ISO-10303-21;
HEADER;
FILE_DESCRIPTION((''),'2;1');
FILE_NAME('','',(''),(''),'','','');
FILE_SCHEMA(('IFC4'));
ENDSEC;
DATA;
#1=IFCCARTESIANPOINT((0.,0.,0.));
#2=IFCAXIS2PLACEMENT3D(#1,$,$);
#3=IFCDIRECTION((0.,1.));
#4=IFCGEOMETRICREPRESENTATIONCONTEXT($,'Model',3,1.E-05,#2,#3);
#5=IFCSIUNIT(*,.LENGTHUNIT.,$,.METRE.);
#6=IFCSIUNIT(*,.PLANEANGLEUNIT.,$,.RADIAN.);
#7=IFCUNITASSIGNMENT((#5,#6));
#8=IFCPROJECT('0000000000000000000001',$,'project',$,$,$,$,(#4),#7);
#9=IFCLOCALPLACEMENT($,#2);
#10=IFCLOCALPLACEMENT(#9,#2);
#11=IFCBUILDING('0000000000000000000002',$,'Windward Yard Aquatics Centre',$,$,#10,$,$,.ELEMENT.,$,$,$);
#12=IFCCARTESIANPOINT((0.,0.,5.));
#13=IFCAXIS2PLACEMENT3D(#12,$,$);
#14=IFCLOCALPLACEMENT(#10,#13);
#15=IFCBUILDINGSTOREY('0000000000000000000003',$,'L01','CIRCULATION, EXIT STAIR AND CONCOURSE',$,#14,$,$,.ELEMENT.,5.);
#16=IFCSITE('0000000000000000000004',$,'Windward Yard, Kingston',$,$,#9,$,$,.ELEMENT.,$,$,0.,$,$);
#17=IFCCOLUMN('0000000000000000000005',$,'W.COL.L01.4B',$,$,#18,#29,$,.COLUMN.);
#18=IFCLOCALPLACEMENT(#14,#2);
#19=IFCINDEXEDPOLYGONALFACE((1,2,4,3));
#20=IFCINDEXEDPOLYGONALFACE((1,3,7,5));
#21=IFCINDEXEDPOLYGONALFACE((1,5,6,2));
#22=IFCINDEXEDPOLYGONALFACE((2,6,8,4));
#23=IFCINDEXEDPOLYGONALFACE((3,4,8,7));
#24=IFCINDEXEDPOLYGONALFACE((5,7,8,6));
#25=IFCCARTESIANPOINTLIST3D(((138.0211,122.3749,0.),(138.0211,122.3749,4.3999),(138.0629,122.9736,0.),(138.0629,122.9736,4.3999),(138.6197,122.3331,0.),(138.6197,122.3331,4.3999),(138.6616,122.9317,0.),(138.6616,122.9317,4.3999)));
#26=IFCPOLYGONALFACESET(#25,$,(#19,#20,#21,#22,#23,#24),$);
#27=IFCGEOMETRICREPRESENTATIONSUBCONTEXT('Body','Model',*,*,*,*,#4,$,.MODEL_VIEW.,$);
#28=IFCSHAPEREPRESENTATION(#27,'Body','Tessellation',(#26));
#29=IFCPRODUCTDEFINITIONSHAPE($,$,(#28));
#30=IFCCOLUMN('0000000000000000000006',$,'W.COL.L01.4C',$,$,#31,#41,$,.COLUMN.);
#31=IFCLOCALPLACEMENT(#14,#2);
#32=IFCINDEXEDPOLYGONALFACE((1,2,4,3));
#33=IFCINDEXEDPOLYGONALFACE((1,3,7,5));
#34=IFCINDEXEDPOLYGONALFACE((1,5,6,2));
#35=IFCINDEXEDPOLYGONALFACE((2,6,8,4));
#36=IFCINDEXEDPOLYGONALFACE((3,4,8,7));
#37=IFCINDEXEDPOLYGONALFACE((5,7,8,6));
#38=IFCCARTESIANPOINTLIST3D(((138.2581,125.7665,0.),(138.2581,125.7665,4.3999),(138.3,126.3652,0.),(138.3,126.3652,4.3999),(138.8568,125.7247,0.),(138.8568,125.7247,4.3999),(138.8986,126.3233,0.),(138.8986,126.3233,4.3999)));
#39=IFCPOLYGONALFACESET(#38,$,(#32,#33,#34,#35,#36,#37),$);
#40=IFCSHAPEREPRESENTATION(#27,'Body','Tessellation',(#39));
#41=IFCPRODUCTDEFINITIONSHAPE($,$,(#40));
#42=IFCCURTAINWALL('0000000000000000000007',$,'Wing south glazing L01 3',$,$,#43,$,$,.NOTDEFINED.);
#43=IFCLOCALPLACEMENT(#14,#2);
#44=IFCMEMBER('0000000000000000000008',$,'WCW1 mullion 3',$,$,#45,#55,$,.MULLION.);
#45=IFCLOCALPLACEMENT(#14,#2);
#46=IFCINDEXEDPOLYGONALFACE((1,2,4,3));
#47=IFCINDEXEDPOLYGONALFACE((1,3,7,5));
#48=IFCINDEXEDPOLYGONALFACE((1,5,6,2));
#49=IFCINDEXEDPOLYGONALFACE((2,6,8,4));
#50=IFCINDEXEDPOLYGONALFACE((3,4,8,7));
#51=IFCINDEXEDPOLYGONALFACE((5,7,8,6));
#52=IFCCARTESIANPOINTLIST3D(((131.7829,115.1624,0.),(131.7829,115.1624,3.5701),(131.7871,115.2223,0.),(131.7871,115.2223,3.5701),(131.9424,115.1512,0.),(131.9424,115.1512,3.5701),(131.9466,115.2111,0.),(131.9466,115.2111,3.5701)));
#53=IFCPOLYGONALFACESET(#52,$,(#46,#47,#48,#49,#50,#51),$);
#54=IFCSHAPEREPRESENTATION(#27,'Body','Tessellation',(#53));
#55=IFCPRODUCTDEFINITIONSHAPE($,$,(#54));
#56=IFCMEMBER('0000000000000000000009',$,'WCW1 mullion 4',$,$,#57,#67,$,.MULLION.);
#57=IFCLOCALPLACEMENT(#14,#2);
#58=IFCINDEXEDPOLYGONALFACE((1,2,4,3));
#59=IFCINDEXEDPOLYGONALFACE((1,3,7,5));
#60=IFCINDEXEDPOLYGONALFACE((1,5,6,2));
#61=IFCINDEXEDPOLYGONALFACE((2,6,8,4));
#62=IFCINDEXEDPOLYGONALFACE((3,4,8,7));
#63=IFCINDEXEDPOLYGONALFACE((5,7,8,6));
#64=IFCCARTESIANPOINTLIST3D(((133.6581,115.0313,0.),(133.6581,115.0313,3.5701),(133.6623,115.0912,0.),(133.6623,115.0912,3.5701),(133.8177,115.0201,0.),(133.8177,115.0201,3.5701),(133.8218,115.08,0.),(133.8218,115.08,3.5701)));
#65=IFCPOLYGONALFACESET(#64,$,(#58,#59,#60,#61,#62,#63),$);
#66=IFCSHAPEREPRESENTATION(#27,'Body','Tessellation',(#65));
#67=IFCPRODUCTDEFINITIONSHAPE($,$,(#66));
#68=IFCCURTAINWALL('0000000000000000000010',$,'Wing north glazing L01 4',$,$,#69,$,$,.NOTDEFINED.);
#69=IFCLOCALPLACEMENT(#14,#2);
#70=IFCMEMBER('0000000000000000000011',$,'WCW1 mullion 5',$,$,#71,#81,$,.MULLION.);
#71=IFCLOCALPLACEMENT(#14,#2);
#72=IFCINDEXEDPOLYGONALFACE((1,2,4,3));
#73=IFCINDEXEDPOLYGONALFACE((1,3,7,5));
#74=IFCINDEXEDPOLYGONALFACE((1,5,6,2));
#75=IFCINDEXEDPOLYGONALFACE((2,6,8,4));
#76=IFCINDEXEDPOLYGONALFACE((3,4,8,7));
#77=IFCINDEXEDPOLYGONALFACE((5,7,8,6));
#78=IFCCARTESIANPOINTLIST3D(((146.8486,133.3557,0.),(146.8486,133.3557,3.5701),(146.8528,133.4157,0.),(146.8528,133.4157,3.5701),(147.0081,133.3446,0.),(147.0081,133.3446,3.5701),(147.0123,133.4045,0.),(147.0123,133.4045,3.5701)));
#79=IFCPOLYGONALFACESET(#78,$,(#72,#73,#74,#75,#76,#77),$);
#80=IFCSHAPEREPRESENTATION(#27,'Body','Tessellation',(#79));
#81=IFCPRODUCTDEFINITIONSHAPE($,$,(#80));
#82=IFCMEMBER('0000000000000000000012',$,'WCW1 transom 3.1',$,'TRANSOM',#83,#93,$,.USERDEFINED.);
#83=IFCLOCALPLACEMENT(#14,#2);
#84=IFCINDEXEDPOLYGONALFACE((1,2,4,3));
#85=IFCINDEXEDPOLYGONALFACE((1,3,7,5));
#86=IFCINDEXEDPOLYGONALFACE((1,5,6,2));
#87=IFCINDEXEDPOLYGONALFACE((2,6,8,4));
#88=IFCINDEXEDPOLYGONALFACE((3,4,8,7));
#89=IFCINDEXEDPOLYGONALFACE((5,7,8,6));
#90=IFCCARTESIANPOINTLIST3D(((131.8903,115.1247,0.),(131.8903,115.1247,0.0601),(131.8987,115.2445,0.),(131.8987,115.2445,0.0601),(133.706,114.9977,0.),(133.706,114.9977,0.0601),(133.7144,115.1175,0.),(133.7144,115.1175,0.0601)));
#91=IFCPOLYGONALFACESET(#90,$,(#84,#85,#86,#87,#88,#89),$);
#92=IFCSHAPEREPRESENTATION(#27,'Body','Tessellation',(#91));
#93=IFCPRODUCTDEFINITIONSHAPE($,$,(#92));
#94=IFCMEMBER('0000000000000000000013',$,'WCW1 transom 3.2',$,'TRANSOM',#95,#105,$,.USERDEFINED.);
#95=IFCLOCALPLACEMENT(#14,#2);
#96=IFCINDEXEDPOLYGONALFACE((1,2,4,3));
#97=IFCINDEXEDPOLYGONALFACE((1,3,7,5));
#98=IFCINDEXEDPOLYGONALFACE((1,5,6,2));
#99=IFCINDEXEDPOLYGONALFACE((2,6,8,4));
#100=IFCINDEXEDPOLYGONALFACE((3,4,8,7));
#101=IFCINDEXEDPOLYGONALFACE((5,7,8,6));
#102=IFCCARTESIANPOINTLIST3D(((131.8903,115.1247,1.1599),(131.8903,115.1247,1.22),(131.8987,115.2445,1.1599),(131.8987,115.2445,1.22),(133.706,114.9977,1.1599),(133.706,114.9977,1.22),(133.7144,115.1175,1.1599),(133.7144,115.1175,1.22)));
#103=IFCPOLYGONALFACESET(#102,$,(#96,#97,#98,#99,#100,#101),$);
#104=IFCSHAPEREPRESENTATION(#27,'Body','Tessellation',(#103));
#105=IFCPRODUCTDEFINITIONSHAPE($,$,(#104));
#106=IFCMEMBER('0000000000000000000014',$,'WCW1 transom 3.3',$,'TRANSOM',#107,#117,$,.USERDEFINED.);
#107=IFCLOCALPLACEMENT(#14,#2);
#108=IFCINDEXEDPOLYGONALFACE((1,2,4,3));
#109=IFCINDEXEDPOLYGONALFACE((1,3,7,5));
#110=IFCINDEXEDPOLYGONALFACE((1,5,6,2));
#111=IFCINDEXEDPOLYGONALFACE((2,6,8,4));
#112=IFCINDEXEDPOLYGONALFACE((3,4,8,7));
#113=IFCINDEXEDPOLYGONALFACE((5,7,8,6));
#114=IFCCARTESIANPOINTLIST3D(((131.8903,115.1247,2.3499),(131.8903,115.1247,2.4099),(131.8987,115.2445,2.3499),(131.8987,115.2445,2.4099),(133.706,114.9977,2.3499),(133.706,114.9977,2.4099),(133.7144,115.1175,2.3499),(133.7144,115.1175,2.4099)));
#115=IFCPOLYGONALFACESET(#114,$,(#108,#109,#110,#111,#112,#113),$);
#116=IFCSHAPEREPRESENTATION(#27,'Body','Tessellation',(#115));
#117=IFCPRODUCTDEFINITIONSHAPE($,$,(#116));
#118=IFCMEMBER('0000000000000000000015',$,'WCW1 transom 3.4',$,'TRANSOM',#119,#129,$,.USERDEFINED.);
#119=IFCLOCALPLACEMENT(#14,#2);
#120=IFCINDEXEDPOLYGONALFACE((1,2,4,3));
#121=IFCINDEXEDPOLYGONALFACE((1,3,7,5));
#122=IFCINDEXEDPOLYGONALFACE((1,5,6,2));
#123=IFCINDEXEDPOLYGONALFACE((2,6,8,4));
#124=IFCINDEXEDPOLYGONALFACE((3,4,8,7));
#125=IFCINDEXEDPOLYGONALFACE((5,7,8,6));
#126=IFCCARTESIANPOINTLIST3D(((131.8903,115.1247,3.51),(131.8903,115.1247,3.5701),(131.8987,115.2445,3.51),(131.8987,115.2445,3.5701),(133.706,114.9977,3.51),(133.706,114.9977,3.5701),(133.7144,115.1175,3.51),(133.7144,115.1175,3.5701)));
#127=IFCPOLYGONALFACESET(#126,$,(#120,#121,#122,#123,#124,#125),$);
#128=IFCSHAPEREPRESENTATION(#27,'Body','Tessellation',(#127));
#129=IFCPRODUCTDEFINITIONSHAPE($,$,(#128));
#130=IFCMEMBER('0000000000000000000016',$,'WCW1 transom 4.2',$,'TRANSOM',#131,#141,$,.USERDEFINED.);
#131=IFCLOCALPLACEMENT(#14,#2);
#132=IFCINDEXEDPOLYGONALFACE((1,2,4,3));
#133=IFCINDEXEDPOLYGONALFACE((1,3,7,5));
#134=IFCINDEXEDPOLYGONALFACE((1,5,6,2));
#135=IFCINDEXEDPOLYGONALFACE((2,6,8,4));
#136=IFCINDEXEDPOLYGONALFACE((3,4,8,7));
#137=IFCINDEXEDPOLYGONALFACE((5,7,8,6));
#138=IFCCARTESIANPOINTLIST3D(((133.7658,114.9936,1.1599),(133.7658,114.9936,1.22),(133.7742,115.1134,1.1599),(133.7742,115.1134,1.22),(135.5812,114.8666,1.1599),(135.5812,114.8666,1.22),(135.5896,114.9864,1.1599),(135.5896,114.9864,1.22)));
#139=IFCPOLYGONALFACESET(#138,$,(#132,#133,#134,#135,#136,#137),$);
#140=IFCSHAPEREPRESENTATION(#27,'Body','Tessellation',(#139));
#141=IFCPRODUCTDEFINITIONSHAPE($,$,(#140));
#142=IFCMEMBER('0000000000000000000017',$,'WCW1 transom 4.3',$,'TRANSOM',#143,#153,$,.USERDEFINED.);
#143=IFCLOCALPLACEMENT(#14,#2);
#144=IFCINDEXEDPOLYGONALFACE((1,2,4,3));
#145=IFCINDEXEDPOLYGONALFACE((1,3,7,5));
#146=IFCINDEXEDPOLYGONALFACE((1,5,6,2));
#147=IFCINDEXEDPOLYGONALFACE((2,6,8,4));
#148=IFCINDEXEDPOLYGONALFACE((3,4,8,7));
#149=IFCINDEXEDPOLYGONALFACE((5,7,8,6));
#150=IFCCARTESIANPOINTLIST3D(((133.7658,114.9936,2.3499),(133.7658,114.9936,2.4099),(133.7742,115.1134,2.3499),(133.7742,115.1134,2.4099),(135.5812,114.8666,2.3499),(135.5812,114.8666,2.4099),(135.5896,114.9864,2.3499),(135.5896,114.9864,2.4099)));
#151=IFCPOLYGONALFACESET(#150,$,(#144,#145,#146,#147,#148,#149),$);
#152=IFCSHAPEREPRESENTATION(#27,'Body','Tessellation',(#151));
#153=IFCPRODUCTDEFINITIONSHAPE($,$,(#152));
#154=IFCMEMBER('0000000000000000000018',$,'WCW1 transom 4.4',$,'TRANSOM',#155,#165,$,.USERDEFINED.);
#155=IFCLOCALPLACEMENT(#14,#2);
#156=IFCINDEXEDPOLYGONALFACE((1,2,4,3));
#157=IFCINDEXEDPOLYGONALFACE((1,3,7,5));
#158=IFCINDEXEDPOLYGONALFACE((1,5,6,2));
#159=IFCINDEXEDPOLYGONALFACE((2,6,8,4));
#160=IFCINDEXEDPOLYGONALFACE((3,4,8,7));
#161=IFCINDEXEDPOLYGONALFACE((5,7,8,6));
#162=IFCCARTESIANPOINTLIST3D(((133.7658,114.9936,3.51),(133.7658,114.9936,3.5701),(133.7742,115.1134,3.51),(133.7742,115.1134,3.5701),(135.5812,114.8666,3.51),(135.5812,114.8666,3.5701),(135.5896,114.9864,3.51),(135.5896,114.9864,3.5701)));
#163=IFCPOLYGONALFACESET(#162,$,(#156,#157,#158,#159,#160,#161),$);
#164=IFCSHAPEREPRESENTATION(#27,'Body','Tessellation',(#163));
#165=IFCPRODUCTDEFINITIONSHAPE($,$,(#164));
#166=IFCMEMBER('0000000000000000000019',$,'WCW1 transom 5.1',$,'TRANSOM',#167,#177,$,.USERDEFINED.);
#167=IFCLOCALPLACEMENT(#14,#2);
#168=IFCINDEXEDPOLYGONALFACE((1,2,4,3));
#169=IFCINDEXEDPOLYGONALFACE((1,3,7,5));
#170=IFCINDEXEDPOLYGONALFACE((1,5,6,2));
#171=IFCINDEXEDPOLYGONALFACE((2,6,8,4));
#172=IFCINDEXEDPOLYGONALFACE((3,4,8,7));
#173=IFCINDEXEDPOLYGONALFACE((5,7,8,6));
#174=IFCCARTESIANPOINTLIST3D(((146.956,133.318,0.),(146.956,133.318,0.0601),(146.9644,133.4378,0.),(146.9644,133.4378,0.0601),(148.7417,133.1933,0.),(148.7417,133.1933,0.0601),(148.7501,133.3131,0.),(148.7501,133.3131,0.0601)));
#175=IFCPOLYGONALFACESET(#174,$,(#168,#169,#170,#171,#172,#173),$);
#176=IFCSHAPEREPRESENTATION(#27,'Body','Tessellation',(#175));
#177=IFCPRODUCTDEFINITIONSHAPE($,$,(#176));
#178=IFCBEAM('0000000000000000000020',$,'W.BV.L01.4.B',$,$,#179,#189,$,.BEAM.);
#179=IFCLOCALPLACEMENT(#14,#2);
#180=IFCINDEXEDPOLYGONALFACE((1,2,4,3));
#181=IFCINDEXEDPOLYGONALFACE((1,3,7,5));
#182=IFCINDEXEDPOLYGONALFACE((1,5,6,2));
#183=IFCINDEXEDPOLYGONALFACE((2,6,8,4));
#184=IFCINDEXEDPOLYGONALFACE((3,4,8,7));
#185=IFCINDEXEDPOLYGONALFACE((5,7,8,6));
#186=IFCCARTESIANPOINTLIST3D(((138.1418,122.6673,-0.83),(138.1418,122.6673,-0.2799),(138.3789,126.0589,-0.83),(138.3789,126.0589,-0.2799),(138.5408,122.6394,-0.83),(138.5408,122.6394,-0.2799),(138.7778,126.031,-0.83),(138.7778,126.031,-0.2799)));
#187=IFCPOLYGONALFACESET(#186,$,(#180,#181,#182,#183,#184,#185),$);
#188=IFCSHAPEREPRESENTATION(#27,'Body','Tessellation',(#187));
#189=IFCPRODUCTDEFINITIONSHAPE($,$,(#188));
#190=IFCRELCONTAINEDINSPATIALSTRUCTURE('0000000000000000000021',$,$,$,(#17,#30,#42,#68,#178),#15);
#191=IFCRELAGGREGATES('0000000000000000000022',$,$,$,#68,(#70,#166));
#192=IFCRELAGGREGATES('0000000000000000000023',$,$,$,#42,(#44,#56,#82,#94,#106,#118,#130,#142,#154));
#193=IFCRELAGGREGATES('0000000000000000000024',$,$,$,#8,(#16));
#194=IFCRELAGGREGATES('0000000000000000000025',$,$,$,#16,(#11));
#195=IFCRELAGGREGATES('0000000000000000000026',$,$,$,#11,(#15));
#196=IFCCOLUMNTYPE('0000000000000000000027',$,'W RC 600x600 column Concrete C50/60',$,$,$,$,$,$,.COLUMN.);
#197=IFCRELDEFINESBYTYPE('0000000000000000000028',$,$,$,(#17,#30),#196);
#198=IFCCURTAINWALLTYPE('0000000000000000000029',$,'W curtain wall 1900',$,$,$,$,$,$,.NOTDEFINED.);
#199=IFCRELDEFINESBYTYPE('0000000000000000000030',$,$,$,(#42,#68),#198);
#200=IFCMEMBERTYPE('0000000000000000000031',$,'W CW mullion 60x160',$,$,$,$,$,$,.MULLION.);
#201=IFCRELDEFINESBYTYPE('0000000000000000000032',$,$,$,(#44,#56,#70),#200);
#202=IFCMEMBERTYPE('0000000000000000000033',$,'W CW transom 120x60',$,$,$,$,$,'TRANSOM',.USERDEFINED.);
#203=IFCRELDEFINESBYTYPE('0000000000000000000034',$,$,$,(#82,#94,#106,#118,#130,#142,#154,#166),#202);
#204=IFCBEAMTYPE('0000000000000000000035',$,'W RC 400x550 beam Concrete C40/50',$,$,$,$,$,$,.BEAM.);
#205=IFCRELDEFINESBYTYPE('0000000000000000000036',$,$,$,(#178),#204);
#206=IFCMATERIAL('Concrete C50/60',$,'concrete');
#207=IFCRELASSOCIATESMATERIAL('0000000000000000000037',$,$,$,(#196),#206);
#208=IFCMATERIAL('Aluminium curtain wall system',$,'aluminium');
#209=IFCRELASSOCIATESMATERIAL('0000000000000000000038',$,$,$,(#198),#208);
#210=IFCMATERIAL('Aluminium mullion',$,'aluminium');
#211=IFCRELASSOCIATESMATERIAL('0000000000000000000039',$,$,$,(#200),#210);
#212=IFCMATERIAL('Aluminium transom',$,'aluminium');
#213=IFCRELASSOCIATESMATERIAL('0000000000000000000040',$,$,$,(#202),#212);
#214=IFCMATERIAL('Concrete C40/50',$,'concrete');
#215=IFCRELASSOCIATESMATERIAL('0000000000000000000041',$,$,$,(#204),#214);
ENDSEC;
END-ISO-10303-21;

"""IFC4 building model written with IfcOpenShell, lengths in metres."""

from ifc_helpers import new_model, si_unit, direction, frame, origin, origin_2d, place, context, subcontext, project, spatial, rectangle, extrude, material, material_profile, profile_set, type_object, element, aggregate, save


model = new_model("IFC4")

# Units and contexts
model_context = context("Model", 3, precision=1e-05, world=origin(), true_north=direction((0.0, 1.0)))
body_context = subcontext(model_context, "Body", "Model", "MODEL_VIEW")
ifc_project = project(units=[si_unit("LENGTHUNIT", "METRE"), si_unit("PLANEANGLEUNIT", "RADIAN")], contexts=[model_context])

# Site, building, storey
site_placement = place(None, origin())
site = spatial("IfcSite", under=ifc_project, at=site_placement, Name="Windward Yard, Kingston", CompositionType="ELEMENT", RefElevation=0.0)
building_placement = place(site_placement, origin())
building = spatial("IfcBuilding", under=site, at=building_placement, Name="Windward Yard Aquatics Centre", CompositionType="ELEMENT")
storey_placement = place(building_placement, frame((0.0, 0.0, 5.0)))
storey = spatial("IfcBuildingStorey", under=building, at=storey_placement, Name="L01", Description="CIRCULATION, EXIT STAIR AND CONCOURSE", CompositionType="ELEMENT", Elevation=5.0)

# Columns
ifc_material_1 = material(Name="Concrete C50/60", Category="concrete")
ifc_material_profile_1 = material_profile(ifc_material_1, rectangle(XDim=0.6001, YDim=0.6001, at=origin_2d()), Name="RC 600x600")
ifc_profile_set_1 = profile_set([ifc_material_profile_1], Name="Concrete C50/60")
column_type = type_object("IfcColumnType", Name="W RC 600x600 column Concrete C50/60", PredefinedType="COLUMN", material=ifc_profile_set_1)
for number, where, z_axis, x_axis, name in (
    (1, (138.3413, 122.6533, 0.0), (0.0, 0.0, 1.0), (0.997564, -0.069756, 0.0), "W.COL.L01.4B"),
    (2, (138.5784, 126.0449, 0.0), (0.0, 0.0, 1.0), (0.997564, -0.069756, 0.0), "W.COL.L01.4C"),
):
    element("IfcColumn", number, at=place(storey_placement, frame(where, z_axis=z_axis, x_axis=x_axis)), inside=storey, type_object=column_type, Name=name, PredefinedType="COLUMN", context=body_context, shape_type="SweptSolid", body=[
        extrude(rectangle(XDim=0.6001, YDim=0.6001, at=origin_2d()), origin(), (0.0, 0.0, 1.0), 4.3999),
    ])

# Curtain wall, members
ifc_material_2 = material(Name="Aluminium curtain wall system", Category="aluminium")
curtain_wall_type = type_object("IfcCurtainWallType", Name="W curtain wall 1900", PredefinedType="NOTDEFINED", material=ifc_material_2)
curtain_wall_1_placement = place(storey_placement, origin())
curtain_wall_1 = element("IfcCurtainWall", 3, at=curtain_wall_1_placement, inside=storey, type_object=curtain_wall_type, Name="Wing south glazing L01 3", PredefinedType="NOTDEFINED")
ifc_material_3 = material(Name="Aluminium mullion", Category="aluminium")
ifc_material_profile_2 = material_profile(ifc_material_3, rectangle(XDim=0.0601, YDim=0.1599, at=origin_2d()), Name="AL 60x160")
ifc_profile_set_2 = profile_set([ifc_material_profile_2], Name="Aluminium mullion")
member_type_1 = type_object("IfcMemberType", Name="W CW mullion 60x160", PredefinedType="MULLION", material=ifc_profile_set_2)
member_1_placement = place(storey_placement, frame((131.8647, 115.1868, 0.0), z_axis=(0.0, 0.0, 1.0), x_axis=(0.069755, 0.997564, 0.0)))
member_1 = element("IfcMember", 4, at=member_1_placement, type_object=member_type_1, Name="WCW1 mullion 3", PredefinedType="MULLION", context=body_context, shape_type="SweptSolid", body=[
    extrude(rectangle(XDim=0.0601, YDim=0.1599, at=origin_2d()), origin(), (0.0, 0.0, 1.0), 3.5701),
])
member_2_placement = place(storey_placement, frame((133.74, 115.0557, 0.0), z_axis=(0.0, 0.0, 1.0), x_axis=(0.069755, 0.997564, 0.0)))
member_2 = element("IfcMember", 5, at=member_2_placement, type_object=member_type_1, Name="WCW1 mullion 4", PredefinedType="MULLION", context=body_context, shape_type="SweptSolid", body=[
    extrude(rectangle(XDim=0.0601, YDim=0.1599, at=origin_2d()), origin(), (0.0, 0.0, 1.0), 3.5701),
])

# Curtain wall, member
curtain_wall_2_placement = place(storey_placement, origin())
curtain_wall_2 = element("IfcCurtainWall", 6, at=curtain_wall_2_placement, inside=storey, type_object=curtain_wall_type, Name="Wing north glazing L01 4", PredefinedType="NOTDEFINED")
member_3_placement = place(storey_placement, frame((146.9304, 133.3801, 0.0), z_axis=(0.0, 0.0, 1.0), x_axis=(0.069755, 0.997564, 0.0)))
member_3 = element("IfcMember", 7, at=member_3_placement, type_object=member_type_1, Name="WCW1 mullion 5", PredefinedType="MULLION", context=body_context, shape_type="SweptSolid", body=[
    extrude(rectangle(XDim=0.0601, YDim=0.1599, at=origin_2d()), origin(), (0.0, 0.0, 1.0), 3.5701),
])

# Members
ifc_material_4 = material(Name="Aluminium transom", Category="aluminium")
ifc_material_profile_3 = material_profile(ifc_material_4, rectangle(XDim=0.1201, YDim=0.0601, at=origin_2d()), Name="AL 120x60")
ifc_profile_set_3 = profile_set([ifc_material_profile_3], Name="Aluminium transom")
member_type_2 = type_object("IfcMemberType", Name="W CW transom 120x60", ElementType="TRANSOM", PredefinedType="USERDEFINED", material=ifc_profile_set_3)
member_4_placement = place(storey_placement, frame((131.8945, 115.1846, 0.03), z_axis=(0.997564, -0.06975, 0.0), x_axis=(0.06975, 0.997564, 0.0)))
member_4 = element("IfcMember", 8, at=member_4_placement, type_object=member_type_2, Name="WCW1 transom 3.1", ObjectType="TRANSOM", PredefinedType="USERDEFINED", context=body_context, shape_type="SweptSolid", body=[
    extrude(rectangle(XDim=0.1201, YDim=0.0601, at=origin_2d()), origin(), (0.0, 0.0, 1.0), 1.8201),
])
member_5_placement = place(storey_placement, frame((131.8945, 115.1846, 1.1899), z_axis=(0.997564, -0.06975, 0.0), x_axis=(0.06975, 0.997564, 0.0)))
member_5 = element("IfcMember", 9, at=member_5_placement, type_object=member_type_2, Name="WCW1 transom 3.2", ObjectType="TRANSOM", PredefinedType="USERDEFINED", context=body_context, shape_type="SweptSolid", body=[
    extrude(rectangle(XDim=0.1201, YDim=0.0601, at=origin_2d()), origin(), (0.0, 0.0, 1.0), 1.8201),
])
member_6_placement = place(storey_placement, frame((131.8945, 115.1846, 2.3799), z_axis=(0.997564, -0.06975, 0.0), x_axis=(0.06975, 0.997564, 0.0)))
member_6 = element("IfcMember", 10, at=member_6_placement, type_object=member_type_2, Name="WCW1 transom 3.3", ObjectType="TRANSOM", PredefinedType="USERDEFINED", context=body_context, shape_type="SweptSolid", body=[
    extrude(rectangle(XDim=0.1201, YDim=0.0601, at=origin_2d()), origin(), (0.0, 0.0, 1.0), 1.8201),
])
member_7_placement = place(storey_placement, frame((131.8945, 115.1846, 3.54), z_axis=(0.997564, -0.06975, 0.0), x_axis=(0.06975, 0.997564, 0.0)))
member_7 = element("IfcMember", 11, at=member_7_placement, type_object=member_type_2, Name="WCW1 transom 3.4", ObjectType="TRANSOM", PredefinedType="USERDEFINED", context=body_context, shape_type="SweptSolid", body=[
    extrude(rectangle(XDim=0.1201, YDim=0.0601, at=origin_2d()), origin(), (0.0, 0.0, 1.0), 1.8201),
])
member_8_placement = place(storey_placement, frame((133.77, 115.0535, 1.1899), z_axis=(0.997564, -0.06976, 0.0), x_axis=(0.06976, 0.997564, 0.0)))
member_8 = element("IfcMember", 12, at=member_8_placement, type_object=member_type_2, Name="WCW1 transom 4.2", ObjectType="TRANSOM", PredefinedType="USERDEFINED", context=body_context, shape_type="SweptSolid", body=[
    extrude(rectangle(XDim=0.1201, YDim=0.0601, at=origin_2d()), origin(), (0.0, 0.0, 1.0), 1.8198),
])
member_9_placement = place(storey_placement, frame((133.77, 115.0535, 2.3799), z_axis=(0.997564, -0.06976, 0.0), x_axis=(0.06976, 0.997564, 0.0)))
member_9 = element("IfcMember", 13, at=member_9_placement, type_object=member_type_2, Name="WCW1 transom 4.3", ObjectType="TRANSOM", PredefinedType="USERDEFINED", context=body_context, shape_type="SweptSolid", body=[
    extrude(rectangle(XDim=0.1201, YDim=0.0601, at=origin_2d()), origin(), (0.0, 0.0, 1.0), 1.8198),
])
member_10_placement = place(storey_placement, frame((133.77, 115.0535, 3.54), z_axis=(0.997564, -0.06976, 0.0), x_axis=(0.06976, 0.997564, 0.0)))
member_10 = element("IfcMember", 14, at=member_10_placement, type_object=member_type_2, Name="WCW1 transom 4.4", ObjectType="TRANSOM", PredefinedType="USERDEFINED", context=body_context, shape_type="SweptSolid", body=[
    extrude(rectangle(XDim=0.1201, YDim=0.0601, at=origin_2d()), origin(), (0.0, 0.0, 1.0), 1.8198),
])
member_11_placement = place(storey_placement, frame((146.9602, 133.3779, 0.03), z_axis=(0.997568, -0.069696, 0.0), x_axis=(0.069696, 0.997568, 0.0)))
member_11 = element("IfcMember", 15, at=member_11_placement, type_object=member_type_2, Name="WCW1 transom 5.1", ObjectType="TRANSOM", PredefinedType="USERDEFINED", context=body_context, shape_type="SweptSolid", body=[
    extrude(rectangle(XDim=0.1201, YDim=0.0601, at=origin_2d()), origin(), (0.0, 0.0, 1.0), 1.79),
])
aggregate(curtain_wall_2, [member_3, member_11])

# Beam
ifc_material_5 = material(Name="Concrete C40/50", Category="concrete")
ifc_material_profile_4 = material_profile(ifc_material_5, rectangle(XDim=0.3999, YDim=0.55, at=origin_2d()), Name="RC 400x550")
ifc_profile_set_4 = profile_set([ifc_material_profile_4], Name="Concrete C40/50")
beam_type_1 = type_object("IfcBeamType", Name="W RC 400x550 beam Concrete C40/50", PredefinedType="BEAM", material=ifc_profile_set_4)
beam_1_placement = place(storey_placement, frame((138.3413, 122.6533, -0.5549), z_axis=(0.069726, 0.997566, 0.0), x_axis=(-0.997566, 0.069726, 0.0)))
element("IfcBeam", 16, at=beam_1_placement, inside=storey, type_object=beam_type_1, Name="W.BV.L01.4.B", PredefinedType="BEAM", context=body_context, shape_type="SweptSolid", body=[
    extrude(rectangle(XDim=0.3999, YDim=0.55, at=origin_2d()), origin(), (0.0, 0.0, 1.0), 3.3999),
])

aggregate(curtain_wall_1, [member_1, member_2, member_4, member_5, member_6, member_7, member_8, member_9, member_10])

save(model, "model.ifc")
